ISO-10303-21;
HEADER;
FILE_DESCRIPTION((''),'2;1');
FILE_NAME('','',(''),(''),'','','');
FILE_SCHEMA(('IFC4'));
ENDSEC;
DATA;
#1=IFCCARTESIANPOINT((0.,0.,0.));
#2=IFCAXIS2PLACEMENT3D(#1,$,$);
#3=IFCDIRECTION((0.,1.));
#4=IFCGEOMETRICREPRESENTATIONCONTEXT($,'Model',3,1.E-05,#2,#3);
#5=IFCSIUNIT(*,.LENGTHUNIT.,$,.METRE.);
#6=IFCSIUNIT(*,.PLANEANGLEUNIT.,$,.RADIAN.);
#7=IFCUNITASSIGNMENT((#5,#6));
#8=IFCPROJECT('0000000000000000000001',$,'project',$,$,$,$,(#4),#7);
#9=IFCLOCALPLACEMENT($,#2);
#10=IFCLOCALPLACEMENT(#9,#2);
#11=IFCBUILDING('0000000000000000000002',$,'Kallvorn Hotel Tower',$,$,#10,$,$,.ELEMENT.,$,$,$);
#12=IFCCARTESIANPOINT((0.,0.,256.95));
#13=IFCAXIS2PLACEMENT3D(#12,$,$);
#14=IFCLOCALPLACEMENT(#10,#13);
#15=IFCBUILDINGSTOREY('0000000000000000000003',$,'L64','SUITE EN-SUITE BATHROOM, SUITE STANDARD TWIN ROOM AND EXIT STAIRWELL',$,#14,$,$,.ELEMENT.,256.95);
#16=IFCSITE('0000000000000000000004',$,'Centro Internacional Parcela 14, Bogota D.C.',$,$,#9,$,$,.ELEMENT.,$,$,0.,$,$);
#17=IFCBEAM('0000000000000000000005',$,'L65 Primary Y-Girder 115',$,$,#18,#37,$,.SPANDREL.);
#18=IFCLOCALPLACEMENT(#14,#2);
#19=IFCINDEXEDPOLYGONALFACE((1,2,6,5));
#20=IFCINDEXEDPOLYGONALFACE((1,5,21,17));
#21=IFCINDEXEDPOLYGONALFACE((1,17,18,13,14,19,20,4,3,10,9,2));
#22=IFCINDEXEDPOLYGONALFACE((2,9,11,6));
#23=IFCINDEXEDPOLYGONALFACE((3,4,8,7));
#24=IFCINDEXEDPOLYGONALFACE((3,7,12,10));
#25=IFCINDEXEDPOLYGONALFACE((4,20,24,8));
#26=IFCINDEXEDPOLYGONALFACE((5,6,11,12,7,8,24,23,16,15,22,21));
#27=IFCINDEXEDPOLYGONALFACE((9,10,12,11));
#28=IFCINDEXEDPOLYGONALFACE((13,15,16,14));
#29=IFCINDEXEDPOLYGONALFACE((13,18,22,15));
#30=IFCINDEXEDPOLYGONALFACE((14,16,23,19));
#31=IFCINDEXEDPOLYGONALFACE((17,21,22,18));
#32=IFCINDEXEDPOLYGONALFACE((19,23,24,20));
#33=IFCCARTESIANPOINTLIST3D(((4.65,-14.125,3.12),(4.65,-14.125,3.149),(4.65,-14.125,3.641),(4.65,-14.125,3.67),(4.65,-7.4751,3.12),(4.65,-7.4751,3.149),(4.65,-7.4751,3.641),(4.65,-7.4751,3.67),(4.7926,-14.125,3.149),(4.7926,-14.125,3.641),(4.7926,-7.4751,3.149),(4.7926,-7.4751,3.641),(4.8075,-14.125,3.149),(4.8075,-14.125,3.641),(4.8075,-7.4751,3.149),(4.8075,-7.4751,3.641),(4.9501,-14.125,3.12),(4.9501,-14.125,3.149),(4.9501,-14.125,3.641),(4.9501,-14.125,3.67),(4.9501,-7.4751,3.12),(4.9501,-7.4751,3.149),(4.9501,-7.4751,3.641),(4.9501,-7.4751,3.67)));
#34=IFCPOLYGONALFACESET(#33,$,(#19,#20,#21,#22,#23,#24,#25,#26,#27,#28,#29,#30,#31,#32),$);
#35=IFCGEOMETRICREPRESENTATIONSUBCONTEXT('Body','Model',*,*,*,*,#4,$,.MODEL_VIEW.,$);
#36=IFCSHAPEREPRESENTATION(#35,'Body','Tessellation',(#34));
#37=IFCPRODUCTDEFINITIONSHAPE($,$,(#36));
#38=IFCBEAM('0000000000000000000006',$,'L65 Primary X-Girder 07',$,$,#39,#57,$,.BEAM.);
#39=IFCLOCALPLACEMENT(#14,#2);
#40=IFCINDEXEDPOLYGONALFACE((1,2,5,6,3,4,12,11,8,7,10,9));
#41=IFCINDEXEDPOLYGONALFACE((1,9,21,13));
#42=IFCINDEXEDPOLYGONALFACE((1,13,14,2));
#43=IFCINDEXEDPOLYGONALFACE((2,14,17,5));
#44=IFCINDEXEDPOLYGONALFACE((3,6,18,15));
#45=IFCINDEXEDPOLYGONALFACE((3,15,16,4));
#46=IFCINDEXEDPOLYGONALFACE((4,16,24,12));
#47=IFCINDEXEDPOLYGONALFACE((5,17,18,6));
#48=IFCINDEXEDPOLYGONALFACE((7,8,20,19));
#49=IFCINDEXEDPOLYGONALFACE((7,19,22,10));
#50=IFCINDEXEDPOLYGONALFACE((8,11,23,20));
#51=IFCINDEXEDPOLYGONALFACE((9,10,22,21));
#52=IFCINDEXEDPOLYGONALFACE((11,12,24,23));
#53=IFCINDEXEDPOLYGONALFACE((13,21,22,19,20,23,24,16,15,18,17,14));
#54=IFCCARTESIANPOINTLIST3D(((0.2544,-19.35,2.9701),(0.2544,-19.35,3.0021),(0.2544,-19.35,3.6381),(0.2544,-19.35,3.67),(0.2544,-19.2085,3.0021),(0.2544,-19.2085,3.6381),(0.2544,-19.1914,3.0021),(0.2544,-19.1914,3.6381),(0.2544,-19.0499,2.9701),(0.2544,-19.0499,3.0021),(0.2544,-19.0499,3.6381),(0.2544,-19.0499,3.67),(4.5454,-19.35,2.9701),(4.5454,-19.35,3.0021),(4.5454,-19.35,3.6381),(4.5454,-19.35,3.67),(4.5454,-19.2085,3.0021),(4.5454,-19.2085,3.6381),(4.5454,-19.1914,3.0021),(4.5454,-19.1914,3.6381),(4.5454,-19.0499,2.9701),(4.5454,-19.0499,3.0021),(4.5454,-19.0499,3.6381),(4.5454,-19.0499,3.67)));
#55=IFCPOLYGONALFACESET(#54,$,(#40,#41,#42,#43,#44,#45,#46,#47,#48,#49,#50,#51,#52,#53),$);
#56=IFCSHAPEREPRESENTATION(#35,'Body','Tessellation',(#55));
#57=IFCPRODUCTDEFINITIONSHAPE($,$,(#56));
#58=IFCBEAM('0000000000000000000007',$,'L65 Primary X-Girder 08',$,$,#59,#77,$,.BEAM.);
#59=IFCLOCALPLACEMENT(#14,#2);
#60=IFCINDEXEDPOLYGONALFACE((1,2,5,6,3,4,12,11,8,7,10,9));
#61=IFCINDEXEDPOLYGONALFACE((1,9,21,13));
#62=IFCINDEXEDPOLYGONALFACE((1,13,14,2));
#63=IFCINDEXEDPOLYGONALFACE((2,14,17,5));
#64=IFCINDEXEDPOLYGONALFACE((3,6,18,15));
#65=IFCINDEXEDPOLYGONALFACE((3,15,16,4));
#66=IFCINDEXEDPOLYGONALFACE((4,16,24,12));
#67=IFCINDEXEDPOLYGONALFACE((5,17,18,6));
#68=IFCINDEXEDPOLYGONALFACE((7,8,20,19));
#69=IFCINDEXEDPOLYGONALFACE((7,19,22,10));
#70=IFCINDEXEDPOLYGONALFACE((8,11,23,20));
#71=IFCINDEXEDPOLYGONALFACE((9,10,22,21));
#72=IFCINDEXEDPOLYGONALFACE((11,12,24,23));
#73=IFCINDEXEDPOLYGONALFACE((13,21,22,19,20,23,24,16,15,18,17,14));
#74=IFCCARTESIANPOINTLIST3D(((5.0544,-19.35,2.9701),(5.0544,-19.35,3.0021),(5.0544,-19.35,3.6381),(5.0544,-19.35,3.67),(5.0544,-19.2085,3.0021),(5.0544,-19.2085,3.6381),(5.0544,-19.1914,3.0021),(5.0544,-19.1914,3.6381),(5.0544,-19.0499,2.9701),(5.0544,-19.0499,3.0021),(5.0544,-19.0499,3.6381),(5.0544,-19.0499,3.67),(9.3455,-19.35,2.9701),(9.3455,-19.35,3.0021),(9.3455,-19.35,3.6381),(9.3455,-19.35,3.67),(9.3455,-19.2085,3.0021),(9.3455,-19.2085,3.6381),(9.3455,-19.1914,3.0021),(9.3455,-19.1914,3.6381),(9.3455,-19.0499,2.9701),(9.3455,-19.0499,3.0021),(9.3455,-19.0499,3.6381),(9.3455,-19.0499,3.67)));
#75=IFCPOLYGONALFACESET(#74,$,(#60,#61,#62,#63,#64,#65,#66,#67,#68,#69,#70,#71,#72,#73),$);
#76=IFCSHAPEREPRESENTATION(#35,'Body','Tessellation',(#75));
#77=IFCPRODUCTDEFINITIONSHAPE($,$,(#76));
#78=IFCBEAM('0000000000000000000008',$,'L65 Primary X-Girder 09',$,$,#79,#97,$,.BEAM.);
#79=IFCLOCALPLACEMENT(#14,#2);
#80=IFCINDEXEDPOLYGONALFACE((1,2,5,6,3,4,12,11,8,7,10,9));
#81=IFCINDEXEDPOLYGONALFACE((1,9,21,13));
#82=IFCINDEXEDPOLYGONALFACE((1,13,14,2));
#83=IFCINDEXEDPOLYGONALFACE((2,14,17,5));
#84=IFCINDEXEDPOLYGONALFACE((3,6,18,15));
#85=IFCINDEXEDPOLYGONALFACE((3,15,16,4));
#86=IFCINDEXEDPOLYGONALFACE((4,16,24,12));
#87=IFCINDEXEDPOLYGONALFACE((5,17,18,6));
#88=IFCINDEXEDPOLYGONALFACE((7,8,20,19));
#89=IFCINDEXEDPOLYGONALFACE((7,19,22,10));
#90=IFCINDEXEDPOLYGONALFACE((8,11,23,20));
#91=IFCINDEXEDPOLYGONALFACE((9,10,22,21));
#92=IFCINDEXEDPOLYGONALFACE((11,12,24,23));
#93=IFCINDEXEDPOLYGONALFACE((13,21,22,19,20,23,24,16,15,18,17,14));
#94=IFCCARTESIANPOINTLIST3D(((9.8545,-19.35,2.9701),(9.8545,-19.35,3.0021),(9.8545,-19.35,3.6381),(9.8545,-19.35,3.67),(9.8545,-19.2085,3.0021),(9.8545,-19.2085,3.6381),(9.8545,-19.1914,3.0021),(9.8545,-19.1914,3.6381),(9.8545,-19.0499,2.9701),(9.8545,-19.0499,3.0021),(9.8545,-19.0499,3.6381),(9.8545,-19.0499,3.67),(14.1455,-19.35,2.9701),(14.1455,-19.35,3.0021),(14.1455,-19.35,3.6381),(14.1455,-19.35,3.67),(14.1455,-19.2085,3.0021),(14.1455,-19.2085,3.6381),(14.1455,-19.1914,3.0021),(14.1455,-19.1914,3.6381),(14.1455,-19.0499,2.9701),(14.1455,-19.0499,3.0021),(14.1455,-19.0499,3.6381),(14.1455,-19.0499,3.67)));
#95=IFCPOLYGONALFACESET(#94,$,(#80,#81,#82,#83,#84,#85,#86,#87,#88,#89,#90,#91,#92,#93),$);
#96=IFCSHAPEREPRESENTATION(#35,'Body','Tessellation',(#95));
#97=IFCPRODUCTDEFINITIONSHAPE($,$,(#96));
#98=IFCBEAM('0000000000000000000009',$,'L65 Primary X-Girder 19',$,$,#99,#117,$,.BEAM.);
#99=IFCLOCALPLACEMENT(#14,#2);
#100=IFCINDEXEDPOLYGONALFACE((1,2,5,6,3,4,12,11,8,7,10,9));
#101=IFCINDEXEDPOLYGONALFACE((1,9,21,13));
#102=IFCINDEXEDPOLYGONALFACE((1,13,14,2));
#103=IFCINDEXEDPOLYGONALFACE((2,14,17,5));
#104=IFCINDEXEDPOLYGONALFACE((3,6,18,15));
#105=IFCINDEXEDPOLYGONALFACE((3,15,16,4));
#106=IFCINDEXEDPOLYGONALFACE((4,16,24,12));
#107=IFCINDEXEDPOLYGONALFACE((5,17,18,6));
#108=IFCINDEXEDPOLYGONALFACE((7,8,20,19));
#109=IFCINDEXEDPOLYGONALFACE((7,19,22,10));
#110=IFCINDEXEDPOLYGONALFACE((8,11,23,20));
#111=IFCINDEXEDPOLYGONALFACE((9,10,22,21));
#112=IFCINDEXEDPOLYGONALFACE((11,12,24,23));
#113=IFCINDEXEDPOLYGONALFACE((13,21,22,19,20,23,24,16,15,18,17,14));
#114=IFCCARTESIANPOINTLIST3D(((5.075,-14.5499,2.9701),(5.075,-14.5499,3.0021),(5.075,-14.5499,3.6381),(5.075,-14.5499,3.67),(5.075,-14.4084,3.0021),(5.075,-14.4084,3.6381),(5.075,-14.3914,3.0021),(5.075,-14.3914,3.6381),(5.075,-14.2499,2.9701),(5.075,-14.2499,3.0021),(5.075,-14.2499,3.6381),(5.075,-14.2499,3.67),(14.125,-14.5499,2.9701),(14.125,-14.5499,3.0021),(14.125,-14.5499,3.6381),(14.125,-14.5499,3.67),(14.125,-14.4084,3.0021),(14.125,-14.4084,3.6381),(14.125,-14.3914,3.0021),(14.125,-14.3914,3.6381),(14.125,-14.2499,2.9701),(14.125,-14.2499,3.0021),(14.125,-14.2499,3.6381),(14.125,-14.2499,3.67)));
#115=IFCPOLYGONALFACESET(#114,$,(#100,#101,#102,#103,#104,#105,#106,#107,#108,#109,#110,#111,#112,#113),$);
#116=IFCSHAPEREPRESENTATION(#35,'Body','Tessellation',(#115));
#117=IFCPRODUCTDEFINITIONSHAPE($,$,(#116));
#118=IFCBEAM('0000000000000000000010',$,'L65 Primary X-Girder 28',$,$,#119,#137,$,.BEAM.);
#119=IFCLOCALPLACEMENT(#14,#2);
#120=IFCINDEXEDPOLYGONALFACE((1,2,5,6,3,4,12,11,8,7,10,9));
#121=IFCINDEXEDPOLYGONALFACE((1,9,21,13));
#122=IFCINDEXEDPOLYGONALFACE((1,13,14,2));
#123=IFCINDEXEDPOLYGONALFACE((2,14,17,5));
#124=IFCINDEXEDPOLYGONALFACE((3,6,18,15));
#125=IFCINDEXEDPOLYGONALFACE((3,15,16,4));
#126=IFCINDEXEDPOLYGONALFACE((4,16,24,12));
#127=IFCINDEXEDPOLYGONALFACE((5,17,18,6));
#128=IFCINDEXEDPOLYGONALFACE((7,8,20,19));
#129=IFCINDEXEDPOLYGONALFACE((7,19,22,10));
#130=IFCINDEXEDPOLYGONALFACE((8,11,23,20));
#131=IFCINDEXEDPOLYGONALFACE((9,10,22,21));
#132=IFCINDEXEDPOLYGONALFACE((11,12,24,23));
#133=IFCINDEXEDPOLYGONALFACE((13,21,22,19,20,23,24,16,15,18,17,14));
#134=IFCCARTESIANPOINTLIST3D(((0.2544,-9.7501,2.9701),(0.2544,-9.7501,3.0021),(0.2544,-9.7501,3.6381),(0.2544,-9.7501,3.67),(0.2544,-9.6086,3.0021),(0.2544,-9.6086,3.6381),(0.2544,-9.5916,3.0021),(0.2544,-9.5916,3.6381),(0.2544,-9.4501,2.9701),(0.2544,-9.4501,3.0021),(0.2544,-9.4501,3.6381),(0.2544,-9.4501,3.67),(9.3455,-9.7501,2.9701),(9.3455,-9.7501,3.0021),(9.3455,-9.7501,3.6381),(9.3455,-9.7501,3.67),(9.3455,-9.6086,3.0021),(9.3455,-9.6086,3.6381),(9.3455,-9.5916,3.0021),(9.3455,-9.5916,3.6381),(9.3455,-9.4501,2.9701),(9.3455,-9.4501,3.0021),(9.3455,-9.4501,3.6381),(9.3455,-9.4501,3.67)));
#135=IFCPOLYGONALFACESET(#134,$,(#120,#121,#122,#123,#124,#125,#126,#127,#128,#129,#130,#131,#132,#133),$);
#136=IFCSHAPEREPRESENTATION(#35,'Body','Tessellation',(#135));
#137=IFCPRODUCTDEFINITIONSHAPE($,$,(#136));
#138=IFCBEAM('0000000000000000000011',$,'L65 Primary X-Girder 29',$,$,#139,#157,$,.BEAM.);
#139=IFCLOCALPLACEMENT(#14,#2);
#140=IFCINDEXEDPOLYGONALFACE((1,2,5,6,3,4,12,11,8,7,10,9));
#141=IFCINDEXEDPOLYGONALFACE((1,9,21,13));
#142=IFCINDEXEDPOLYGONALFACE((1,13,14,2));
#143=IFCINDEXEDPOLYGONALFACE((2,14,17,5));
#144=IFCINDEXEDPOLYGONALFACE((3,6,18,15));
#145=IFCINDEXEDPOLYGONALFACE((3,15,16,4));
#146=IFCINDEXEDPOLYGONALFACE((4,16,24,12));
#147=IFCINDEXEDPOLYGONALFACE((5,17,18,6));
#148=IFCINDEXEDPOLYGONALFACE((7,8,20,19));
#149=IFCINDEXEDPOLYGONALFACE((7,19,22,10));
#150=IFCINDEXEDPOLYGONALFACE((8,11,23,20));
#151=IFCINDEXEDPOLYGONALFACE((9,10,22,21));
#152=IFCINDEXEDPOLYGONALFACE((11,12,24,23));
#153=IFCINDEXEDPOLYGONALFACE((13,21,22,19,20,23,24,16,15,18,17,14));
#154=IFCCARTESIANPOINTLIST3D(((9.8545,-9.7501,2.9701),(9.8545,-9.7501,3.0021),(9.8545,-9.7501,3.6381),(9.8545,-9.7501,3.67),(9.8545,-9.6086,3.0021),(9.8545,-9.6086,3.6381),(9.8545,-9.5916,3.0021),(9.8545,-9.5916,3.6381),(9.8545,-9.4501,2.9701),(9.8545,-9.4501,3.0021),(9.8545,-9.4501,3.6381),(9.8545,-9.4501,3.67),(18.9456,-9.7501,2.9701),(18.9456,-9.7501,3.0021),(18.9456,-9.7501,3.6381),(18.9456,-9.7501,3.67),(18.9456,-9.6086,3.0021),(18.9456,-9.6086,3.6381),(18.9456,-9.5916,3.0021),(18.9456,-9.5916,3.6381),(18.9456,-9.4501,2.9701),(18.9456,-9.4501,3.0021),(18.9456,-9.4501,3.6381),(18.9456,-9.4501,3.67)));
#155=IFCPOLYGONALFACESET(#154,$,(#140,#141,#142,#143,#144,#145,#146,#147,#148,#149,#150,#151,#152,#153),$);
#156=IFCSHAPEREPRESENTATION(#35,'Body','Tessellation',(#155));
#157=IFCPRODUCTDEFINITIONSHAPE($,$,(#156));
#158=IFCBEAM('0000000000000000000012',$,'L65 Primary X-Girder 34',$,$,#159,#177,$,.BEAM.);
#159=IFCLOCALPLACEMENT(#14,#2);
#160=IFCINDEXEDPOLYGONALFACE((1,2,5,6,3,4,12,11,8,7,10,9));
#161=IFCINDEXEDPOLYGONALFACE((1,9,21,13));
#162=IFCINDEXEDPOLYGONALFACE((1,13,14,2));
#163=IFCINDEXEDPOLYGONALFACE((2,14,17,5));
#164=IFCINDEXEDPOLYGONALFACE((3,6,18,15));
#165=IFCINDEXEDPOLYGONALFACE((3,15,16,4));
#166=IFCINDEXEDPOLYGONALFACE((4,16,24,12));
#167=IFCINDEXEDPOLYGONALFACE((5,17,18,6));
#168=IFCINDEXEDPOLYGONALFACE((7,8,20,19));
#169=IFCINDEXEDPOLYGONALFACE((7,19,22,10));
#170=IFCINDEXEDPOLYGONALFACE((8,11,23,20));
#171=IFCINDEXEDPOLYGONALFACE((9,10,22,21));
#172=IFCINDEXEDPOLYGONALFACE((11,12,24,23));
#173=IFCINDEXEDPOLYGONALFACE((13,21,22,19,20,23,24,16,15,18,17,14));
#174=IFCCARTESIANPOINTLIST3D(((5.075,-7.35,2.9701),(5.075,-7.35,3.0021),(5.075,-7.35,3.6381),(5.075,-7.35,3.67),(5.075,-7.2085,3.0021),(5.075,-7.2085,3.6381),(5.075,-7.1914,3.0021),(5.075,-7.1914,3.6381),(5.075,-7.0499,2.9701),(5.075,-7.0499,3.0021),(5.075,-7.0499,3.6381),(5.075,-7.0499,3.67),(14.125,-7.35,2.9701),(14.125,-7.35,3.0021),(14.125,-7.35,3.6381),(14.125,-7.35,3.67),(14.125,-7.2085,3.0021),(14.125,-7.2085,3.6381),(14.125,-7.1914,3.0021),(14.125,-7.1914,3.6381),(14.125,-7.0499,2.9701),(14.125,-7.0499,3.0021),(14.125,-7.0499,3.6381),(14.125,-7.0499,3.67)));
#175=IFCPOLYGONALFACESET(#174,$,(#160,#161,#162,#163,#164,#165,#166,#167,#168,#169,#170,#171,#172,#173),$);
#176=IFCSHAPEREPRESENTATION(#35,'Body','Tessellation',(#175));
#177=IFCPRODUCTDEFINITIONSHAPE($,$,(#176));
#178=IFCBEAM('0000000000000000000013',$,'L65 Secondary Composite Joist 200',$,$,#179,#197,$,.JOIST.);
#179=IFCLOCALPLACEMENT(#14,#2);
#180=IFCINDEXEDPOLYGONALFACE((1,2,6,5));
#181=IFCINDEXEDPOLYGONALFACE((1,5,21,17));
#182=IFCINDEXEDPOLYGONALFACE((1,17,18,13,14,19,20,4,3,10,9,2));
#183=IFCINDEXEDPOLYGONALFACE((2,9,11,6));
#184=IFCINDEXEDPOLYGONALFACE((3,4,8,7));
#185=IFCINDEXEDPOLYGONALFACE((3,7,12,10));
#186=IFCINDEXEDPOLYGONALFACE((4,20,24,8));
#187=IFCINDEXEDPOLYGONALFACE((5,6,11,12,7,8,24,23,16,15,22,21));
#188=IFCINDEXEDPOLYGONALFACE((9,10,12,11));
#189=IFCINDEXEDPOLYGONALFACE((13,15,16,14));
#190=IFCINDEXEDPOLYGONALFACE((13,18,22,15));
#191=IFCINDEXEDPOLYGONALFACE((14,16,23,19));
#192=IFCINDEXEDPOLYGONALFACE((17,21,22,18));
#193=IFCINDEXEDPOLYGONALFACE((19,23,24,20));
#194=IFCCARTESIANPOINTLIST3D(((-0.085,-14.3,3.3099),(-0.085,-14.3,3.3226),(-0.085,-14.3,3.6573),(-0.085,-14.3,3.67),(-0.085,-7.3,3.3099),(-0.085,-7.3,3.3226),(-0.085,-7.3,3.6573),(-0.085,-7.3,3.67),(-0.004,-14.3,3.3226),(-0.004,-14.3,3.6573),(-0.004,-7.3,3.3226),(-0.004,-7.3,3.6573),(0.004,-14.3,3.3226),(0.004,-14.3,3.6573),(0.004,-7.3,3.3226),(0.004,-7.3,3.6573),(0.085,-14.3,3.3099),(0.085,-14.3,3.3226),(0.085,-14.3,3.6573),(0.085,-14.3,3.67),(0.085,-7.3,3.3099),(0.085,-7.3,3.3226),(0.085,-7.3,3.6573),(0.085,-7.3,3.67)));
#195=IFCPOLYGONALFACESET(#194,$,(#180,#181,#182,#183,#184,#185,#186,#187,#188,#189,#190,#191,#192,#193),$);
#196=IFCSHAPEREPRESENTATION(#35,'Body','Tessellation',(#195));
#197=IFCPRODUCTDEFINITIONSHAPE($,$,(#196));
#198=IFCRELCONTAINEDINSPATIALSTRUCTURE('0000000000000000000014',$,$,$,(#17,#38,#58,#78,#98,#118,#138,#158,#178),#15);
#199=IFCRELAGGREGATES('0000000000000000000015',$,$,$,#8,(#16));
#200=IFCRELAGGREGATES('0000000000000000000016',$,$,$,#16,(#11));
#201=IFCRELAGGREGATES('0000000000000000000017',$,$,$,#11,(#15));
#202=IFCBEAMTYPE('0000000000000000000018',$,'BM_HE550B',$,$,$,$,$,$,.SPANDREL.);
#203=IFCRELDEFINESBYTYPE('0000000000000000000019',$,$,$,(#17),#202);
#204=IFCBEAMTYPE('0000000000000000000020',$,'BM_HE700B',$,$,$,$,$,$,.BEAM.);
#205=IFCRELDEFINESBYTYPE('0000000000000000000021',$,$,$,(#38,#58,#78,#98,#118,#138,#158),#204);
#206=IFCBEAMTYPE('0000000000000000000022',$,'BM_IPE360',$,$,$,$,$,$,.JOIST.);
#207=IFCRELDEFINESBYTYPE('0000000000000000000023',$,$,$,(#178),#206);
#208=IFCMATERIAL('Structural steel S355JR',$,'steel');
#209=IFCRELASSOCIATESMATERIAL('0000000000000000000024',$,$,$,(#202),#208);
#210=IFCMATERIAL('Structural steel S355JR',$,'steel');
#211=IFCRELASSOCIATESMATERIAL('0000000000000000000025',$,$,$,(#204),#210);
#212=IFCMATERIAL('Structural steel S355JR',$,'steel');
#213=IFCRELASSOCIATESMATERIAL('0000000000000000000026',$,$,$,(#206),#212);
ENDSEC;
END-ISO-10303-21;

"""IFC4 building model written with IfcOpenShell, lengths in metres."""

from ifc_helpers import new_model, si_unit, direction, frame, origin, origin_2d, place, context, subcontext, project, spatial, i_section, extrude, material, material_profile, profile_set, type_object, element, save


model = new_model("IFC4")

# Units and contexts
model_context = context("Model", 3, precision=1e-05, world=origin(), true_north=direction((0.0, 1.0)))
body_context = subcontext(model_context, "Body", "Model", "MODEL_VIEW")
ifc_project = project(units=[si_unit("LENGTHUNIT", "METRE"), si_unit("PLANEANGLEUNIT", "RADIAN")], contexts=[model_context])

# Site, building, storey
site_placement = place(None, origin())
site = spatial("IfcSite", under=ifc_project, at=site_placement, Name="Centro Internacional Parcela 14, Bogota D.C.", CompositionType="ELEMENT", RefElevation=0.0)
building_placement = place(site_placement, origin())
building = spatial("IfcBuilding", under=site, at=building_placement, Name="Kallvorn Hotel Tower", CompositionType="ELEMENT")
storey_placement = place(building_placement, frame((0.0, 0.0, 256.95)))
storey = spatial("IfcBuildingStorey", under=building, at=storey_placement, Name="L64", Description="SUITE EN-SUITE BATHROOM, SUITE STANDARD TWIN ROOM AND EXIT STAIRWELL", CompositionType="ELEMENT", Elevation=256.95)

# Beams
ifc_material_1 = material(Name="Structural steel S355JR", Category="steel")
ifc_material_profile_1 = material_profile(ifc_material_1, i_section(OverallWidth=0.3, OverallDepth=0.55, WebThickness=0.0149, FlangeThickness=0.0291, at=origin_2d()), Name="HE 550 B")
ifc_profile_set_1 = profile_set([ifc_material_profile_1], Name="Structural steel S355JR")
beam_type_1 = type_object("IfcBeamType", Name="BM_HE550B", PredefinedType="SPANDREL", material=ifc_profile_set_1)
beam_1_placement = place(storey_placement, frame((4.8, -14.125, 3.395), z_axis=(0.0, 1.0, 0.0), x_axis=(-1.0, 0.0, 0.0)))
element("IfcBeam", 1, at=beam_1_placement, inside=storey, type_object=beam_type_1, Name="L65 Primary Y-Girder 115", PredefinedType="SPANDREL", context=body_context, shape_type="SweptSolid", body=[
    extrude(i_section(OverallWidth=0.3, OverallDepth=0.55, WebThickness=0.0149, FlangeThickness=0.0291, at=origin_2d()), origin(), (0.0, 0.0, 1.0), 6.6499),
])
ifc_material_2 = material(Name="Structural steel S355JR", Category="steel")
ifc_material_profile_2 = material_profile(ifc_material_2, i_section(OverallWidth=0.3, OverallDepth=0.7, WebThickness=0.0171, FlangeThickness=0.032, at=origin_2d()), Name="HE 700 B")
ifc_profile_set_2 = profile_set([ifc_material_profile_2], Name="Structural steel S355JR")
beam_type_2 = type_object("IfcBeamType", Name="BM_HE700B", PredefinedType="BEAM", material=ifc_profile_set_2)
for number, where, z_axis, x_axis, name in (
    (2, (0.2544, -19.2, 3.3201), (1.0, 0.0, 0.0), (0.0, 1.0, 0.0), "L65 Primary X-Girder 07"),
    (3, (5.0544, -19.2, 3.3201), (1.0, 0.0, 0.0), (0.0, 1.0, 0.0), "L65 Primary X-Girder 08"),
    (4, (9.8545, -19.2, 3.3201), (1.0, 0.0, 0.0), (0.0, 1.0, 0.0), "L65 Primary X-Girder 09"),
):
    element("IfcBeam", number, at=place(storey_placement, frame(where, z_axis=z_axis, x_axis=x_axis)), inside=storey, type_object=beam_type_2, Name=name, PredefinedType="BEAM", context=body_context, shape_type="SweptSolid", body=[
        extrude(i_section(OverallWidth=0.3, OverallDepth=0.7, WebThickness=0.0171, FlangeThickness=0.032, at=origin_2d()), origin(), (0.0, 0.0, 1.0), 4.291),
    ])
beam_2_placement = place(storey_placement, frame((5.075, -14.3999, 3.3201), z_axis=(1.0, 0.0, 0.0), x_axis=(0.0, 1.0, 0.0)))
element("IfcBeam", 5, at=beam_2_placement, inside=storey, type_object=beam_type_2, Name="L65 Primary X-Girder 19", PredefinedType="BEAM", context=body_context, shape_type="SweptSolid", body=[
    extrude(i_section(OverallWidth=0.3, OverallDepth=0.7, WebThickness=0.0171, FlangeThickness=0.032, at=origin_2d()), origin(), (0.0, 0.0, 1.0), 9.05),
])
for number, where, z_axis, x_axis, name in (
    (6, (0.2544, -9.6001, 3.3201), (1.0, 0.0, 0.0), (0.0, 1.0, 0.0), "L65 Primary X-Girder 28"),
    (7, (9.8545, -9.6001, 3.3201), (1.0, 0.0, 0.0), (0.0, 1.0, 0.0), "L65 Primary X-Girder 29"),
):
    element("IfcBeam", number, at=place(storey_placement, frame(where, z_axis=z_axis, x_axis=x_axis)), inside=storey, type_object=beam_type_2, Name=name, PredefinedType="BEAM", context=body_context, shape_type="SweptSolid", body=[
        extrude(i_section(OverallWidth=0.3, OverallDepth=0.7, WebThickness=0.0171, FlangeThickness=0.032, at=origin_2d()), origin(), (0.0, 0.0, 1.0), 9.0911),
    ])
beam_3_placement = place(storey_placement, frame((5.075, -7.2, 3.3201), z_axis=(1.0, 0.0, 0.0), x_axis=(0.0, 1.0, 0.0)))
element("IfcBeam", 8, at=beam_3_placement, inside=storey, type_object=beam_type_2, Name="L65 Primary X-Girder 34", PredefinedType="BEAM", context=body_context, shape_type="SweptSolid", body=[
    extrude(i_section(OverallWidth=0.3, OverallDepth=0.7, WebThickness=0.0171, FlangeThickness=0.032, at=origin_2d()), origin(), (0.0, 0.0, 1.0), 9.05),
])
ifc_material_3 = material(Name="Structural steel S355JR", Category="steel")
ifc_material_profile_3 = material_profile(ifc_material_3, i_section(OverallWidth=0.1699, OverallDepth=0.3601, WebThickness=0.0081, FlangeThickness=0.0127, at=origin_2d()), Name="IPE 360")
ifc_profile_set_3 = profile_set([ifc_material_profile_3], Name="Structural steel S355JR")
beam_type_3 = type_object("IfcBeamType", Name="BM_IPE360", PredefinedType="JOIST", material=ifc_profile_set_3)
for number, where, z_axis, x_axis, name in (
    (9, (0.0, -14.3, 3.49), (0.0, 1.0, 0.0), (-1.0, 0.0, 0.0), "L65 Secondary Composite Joist 200"),
):
    element("IfcBeam", number, at=place(storey_placement, frame(where, z_axis=z_axis, x_axis=x_axis)), inside=storey, type_object=beam_type_3, Name=name, PredefinedType="JOIST", context=body_context, shape_type="SweptSolid", body=[
        extrude(i_section(OverallWidth=0.1699, OverallDepth=0.3601, WebThickness=0.0081, FlangeThickness=0.0127, at=origin_2d()), origin(), (0.0, 0.0, 1.0), 7.0),
    ])

save(model, "model.ifc")
